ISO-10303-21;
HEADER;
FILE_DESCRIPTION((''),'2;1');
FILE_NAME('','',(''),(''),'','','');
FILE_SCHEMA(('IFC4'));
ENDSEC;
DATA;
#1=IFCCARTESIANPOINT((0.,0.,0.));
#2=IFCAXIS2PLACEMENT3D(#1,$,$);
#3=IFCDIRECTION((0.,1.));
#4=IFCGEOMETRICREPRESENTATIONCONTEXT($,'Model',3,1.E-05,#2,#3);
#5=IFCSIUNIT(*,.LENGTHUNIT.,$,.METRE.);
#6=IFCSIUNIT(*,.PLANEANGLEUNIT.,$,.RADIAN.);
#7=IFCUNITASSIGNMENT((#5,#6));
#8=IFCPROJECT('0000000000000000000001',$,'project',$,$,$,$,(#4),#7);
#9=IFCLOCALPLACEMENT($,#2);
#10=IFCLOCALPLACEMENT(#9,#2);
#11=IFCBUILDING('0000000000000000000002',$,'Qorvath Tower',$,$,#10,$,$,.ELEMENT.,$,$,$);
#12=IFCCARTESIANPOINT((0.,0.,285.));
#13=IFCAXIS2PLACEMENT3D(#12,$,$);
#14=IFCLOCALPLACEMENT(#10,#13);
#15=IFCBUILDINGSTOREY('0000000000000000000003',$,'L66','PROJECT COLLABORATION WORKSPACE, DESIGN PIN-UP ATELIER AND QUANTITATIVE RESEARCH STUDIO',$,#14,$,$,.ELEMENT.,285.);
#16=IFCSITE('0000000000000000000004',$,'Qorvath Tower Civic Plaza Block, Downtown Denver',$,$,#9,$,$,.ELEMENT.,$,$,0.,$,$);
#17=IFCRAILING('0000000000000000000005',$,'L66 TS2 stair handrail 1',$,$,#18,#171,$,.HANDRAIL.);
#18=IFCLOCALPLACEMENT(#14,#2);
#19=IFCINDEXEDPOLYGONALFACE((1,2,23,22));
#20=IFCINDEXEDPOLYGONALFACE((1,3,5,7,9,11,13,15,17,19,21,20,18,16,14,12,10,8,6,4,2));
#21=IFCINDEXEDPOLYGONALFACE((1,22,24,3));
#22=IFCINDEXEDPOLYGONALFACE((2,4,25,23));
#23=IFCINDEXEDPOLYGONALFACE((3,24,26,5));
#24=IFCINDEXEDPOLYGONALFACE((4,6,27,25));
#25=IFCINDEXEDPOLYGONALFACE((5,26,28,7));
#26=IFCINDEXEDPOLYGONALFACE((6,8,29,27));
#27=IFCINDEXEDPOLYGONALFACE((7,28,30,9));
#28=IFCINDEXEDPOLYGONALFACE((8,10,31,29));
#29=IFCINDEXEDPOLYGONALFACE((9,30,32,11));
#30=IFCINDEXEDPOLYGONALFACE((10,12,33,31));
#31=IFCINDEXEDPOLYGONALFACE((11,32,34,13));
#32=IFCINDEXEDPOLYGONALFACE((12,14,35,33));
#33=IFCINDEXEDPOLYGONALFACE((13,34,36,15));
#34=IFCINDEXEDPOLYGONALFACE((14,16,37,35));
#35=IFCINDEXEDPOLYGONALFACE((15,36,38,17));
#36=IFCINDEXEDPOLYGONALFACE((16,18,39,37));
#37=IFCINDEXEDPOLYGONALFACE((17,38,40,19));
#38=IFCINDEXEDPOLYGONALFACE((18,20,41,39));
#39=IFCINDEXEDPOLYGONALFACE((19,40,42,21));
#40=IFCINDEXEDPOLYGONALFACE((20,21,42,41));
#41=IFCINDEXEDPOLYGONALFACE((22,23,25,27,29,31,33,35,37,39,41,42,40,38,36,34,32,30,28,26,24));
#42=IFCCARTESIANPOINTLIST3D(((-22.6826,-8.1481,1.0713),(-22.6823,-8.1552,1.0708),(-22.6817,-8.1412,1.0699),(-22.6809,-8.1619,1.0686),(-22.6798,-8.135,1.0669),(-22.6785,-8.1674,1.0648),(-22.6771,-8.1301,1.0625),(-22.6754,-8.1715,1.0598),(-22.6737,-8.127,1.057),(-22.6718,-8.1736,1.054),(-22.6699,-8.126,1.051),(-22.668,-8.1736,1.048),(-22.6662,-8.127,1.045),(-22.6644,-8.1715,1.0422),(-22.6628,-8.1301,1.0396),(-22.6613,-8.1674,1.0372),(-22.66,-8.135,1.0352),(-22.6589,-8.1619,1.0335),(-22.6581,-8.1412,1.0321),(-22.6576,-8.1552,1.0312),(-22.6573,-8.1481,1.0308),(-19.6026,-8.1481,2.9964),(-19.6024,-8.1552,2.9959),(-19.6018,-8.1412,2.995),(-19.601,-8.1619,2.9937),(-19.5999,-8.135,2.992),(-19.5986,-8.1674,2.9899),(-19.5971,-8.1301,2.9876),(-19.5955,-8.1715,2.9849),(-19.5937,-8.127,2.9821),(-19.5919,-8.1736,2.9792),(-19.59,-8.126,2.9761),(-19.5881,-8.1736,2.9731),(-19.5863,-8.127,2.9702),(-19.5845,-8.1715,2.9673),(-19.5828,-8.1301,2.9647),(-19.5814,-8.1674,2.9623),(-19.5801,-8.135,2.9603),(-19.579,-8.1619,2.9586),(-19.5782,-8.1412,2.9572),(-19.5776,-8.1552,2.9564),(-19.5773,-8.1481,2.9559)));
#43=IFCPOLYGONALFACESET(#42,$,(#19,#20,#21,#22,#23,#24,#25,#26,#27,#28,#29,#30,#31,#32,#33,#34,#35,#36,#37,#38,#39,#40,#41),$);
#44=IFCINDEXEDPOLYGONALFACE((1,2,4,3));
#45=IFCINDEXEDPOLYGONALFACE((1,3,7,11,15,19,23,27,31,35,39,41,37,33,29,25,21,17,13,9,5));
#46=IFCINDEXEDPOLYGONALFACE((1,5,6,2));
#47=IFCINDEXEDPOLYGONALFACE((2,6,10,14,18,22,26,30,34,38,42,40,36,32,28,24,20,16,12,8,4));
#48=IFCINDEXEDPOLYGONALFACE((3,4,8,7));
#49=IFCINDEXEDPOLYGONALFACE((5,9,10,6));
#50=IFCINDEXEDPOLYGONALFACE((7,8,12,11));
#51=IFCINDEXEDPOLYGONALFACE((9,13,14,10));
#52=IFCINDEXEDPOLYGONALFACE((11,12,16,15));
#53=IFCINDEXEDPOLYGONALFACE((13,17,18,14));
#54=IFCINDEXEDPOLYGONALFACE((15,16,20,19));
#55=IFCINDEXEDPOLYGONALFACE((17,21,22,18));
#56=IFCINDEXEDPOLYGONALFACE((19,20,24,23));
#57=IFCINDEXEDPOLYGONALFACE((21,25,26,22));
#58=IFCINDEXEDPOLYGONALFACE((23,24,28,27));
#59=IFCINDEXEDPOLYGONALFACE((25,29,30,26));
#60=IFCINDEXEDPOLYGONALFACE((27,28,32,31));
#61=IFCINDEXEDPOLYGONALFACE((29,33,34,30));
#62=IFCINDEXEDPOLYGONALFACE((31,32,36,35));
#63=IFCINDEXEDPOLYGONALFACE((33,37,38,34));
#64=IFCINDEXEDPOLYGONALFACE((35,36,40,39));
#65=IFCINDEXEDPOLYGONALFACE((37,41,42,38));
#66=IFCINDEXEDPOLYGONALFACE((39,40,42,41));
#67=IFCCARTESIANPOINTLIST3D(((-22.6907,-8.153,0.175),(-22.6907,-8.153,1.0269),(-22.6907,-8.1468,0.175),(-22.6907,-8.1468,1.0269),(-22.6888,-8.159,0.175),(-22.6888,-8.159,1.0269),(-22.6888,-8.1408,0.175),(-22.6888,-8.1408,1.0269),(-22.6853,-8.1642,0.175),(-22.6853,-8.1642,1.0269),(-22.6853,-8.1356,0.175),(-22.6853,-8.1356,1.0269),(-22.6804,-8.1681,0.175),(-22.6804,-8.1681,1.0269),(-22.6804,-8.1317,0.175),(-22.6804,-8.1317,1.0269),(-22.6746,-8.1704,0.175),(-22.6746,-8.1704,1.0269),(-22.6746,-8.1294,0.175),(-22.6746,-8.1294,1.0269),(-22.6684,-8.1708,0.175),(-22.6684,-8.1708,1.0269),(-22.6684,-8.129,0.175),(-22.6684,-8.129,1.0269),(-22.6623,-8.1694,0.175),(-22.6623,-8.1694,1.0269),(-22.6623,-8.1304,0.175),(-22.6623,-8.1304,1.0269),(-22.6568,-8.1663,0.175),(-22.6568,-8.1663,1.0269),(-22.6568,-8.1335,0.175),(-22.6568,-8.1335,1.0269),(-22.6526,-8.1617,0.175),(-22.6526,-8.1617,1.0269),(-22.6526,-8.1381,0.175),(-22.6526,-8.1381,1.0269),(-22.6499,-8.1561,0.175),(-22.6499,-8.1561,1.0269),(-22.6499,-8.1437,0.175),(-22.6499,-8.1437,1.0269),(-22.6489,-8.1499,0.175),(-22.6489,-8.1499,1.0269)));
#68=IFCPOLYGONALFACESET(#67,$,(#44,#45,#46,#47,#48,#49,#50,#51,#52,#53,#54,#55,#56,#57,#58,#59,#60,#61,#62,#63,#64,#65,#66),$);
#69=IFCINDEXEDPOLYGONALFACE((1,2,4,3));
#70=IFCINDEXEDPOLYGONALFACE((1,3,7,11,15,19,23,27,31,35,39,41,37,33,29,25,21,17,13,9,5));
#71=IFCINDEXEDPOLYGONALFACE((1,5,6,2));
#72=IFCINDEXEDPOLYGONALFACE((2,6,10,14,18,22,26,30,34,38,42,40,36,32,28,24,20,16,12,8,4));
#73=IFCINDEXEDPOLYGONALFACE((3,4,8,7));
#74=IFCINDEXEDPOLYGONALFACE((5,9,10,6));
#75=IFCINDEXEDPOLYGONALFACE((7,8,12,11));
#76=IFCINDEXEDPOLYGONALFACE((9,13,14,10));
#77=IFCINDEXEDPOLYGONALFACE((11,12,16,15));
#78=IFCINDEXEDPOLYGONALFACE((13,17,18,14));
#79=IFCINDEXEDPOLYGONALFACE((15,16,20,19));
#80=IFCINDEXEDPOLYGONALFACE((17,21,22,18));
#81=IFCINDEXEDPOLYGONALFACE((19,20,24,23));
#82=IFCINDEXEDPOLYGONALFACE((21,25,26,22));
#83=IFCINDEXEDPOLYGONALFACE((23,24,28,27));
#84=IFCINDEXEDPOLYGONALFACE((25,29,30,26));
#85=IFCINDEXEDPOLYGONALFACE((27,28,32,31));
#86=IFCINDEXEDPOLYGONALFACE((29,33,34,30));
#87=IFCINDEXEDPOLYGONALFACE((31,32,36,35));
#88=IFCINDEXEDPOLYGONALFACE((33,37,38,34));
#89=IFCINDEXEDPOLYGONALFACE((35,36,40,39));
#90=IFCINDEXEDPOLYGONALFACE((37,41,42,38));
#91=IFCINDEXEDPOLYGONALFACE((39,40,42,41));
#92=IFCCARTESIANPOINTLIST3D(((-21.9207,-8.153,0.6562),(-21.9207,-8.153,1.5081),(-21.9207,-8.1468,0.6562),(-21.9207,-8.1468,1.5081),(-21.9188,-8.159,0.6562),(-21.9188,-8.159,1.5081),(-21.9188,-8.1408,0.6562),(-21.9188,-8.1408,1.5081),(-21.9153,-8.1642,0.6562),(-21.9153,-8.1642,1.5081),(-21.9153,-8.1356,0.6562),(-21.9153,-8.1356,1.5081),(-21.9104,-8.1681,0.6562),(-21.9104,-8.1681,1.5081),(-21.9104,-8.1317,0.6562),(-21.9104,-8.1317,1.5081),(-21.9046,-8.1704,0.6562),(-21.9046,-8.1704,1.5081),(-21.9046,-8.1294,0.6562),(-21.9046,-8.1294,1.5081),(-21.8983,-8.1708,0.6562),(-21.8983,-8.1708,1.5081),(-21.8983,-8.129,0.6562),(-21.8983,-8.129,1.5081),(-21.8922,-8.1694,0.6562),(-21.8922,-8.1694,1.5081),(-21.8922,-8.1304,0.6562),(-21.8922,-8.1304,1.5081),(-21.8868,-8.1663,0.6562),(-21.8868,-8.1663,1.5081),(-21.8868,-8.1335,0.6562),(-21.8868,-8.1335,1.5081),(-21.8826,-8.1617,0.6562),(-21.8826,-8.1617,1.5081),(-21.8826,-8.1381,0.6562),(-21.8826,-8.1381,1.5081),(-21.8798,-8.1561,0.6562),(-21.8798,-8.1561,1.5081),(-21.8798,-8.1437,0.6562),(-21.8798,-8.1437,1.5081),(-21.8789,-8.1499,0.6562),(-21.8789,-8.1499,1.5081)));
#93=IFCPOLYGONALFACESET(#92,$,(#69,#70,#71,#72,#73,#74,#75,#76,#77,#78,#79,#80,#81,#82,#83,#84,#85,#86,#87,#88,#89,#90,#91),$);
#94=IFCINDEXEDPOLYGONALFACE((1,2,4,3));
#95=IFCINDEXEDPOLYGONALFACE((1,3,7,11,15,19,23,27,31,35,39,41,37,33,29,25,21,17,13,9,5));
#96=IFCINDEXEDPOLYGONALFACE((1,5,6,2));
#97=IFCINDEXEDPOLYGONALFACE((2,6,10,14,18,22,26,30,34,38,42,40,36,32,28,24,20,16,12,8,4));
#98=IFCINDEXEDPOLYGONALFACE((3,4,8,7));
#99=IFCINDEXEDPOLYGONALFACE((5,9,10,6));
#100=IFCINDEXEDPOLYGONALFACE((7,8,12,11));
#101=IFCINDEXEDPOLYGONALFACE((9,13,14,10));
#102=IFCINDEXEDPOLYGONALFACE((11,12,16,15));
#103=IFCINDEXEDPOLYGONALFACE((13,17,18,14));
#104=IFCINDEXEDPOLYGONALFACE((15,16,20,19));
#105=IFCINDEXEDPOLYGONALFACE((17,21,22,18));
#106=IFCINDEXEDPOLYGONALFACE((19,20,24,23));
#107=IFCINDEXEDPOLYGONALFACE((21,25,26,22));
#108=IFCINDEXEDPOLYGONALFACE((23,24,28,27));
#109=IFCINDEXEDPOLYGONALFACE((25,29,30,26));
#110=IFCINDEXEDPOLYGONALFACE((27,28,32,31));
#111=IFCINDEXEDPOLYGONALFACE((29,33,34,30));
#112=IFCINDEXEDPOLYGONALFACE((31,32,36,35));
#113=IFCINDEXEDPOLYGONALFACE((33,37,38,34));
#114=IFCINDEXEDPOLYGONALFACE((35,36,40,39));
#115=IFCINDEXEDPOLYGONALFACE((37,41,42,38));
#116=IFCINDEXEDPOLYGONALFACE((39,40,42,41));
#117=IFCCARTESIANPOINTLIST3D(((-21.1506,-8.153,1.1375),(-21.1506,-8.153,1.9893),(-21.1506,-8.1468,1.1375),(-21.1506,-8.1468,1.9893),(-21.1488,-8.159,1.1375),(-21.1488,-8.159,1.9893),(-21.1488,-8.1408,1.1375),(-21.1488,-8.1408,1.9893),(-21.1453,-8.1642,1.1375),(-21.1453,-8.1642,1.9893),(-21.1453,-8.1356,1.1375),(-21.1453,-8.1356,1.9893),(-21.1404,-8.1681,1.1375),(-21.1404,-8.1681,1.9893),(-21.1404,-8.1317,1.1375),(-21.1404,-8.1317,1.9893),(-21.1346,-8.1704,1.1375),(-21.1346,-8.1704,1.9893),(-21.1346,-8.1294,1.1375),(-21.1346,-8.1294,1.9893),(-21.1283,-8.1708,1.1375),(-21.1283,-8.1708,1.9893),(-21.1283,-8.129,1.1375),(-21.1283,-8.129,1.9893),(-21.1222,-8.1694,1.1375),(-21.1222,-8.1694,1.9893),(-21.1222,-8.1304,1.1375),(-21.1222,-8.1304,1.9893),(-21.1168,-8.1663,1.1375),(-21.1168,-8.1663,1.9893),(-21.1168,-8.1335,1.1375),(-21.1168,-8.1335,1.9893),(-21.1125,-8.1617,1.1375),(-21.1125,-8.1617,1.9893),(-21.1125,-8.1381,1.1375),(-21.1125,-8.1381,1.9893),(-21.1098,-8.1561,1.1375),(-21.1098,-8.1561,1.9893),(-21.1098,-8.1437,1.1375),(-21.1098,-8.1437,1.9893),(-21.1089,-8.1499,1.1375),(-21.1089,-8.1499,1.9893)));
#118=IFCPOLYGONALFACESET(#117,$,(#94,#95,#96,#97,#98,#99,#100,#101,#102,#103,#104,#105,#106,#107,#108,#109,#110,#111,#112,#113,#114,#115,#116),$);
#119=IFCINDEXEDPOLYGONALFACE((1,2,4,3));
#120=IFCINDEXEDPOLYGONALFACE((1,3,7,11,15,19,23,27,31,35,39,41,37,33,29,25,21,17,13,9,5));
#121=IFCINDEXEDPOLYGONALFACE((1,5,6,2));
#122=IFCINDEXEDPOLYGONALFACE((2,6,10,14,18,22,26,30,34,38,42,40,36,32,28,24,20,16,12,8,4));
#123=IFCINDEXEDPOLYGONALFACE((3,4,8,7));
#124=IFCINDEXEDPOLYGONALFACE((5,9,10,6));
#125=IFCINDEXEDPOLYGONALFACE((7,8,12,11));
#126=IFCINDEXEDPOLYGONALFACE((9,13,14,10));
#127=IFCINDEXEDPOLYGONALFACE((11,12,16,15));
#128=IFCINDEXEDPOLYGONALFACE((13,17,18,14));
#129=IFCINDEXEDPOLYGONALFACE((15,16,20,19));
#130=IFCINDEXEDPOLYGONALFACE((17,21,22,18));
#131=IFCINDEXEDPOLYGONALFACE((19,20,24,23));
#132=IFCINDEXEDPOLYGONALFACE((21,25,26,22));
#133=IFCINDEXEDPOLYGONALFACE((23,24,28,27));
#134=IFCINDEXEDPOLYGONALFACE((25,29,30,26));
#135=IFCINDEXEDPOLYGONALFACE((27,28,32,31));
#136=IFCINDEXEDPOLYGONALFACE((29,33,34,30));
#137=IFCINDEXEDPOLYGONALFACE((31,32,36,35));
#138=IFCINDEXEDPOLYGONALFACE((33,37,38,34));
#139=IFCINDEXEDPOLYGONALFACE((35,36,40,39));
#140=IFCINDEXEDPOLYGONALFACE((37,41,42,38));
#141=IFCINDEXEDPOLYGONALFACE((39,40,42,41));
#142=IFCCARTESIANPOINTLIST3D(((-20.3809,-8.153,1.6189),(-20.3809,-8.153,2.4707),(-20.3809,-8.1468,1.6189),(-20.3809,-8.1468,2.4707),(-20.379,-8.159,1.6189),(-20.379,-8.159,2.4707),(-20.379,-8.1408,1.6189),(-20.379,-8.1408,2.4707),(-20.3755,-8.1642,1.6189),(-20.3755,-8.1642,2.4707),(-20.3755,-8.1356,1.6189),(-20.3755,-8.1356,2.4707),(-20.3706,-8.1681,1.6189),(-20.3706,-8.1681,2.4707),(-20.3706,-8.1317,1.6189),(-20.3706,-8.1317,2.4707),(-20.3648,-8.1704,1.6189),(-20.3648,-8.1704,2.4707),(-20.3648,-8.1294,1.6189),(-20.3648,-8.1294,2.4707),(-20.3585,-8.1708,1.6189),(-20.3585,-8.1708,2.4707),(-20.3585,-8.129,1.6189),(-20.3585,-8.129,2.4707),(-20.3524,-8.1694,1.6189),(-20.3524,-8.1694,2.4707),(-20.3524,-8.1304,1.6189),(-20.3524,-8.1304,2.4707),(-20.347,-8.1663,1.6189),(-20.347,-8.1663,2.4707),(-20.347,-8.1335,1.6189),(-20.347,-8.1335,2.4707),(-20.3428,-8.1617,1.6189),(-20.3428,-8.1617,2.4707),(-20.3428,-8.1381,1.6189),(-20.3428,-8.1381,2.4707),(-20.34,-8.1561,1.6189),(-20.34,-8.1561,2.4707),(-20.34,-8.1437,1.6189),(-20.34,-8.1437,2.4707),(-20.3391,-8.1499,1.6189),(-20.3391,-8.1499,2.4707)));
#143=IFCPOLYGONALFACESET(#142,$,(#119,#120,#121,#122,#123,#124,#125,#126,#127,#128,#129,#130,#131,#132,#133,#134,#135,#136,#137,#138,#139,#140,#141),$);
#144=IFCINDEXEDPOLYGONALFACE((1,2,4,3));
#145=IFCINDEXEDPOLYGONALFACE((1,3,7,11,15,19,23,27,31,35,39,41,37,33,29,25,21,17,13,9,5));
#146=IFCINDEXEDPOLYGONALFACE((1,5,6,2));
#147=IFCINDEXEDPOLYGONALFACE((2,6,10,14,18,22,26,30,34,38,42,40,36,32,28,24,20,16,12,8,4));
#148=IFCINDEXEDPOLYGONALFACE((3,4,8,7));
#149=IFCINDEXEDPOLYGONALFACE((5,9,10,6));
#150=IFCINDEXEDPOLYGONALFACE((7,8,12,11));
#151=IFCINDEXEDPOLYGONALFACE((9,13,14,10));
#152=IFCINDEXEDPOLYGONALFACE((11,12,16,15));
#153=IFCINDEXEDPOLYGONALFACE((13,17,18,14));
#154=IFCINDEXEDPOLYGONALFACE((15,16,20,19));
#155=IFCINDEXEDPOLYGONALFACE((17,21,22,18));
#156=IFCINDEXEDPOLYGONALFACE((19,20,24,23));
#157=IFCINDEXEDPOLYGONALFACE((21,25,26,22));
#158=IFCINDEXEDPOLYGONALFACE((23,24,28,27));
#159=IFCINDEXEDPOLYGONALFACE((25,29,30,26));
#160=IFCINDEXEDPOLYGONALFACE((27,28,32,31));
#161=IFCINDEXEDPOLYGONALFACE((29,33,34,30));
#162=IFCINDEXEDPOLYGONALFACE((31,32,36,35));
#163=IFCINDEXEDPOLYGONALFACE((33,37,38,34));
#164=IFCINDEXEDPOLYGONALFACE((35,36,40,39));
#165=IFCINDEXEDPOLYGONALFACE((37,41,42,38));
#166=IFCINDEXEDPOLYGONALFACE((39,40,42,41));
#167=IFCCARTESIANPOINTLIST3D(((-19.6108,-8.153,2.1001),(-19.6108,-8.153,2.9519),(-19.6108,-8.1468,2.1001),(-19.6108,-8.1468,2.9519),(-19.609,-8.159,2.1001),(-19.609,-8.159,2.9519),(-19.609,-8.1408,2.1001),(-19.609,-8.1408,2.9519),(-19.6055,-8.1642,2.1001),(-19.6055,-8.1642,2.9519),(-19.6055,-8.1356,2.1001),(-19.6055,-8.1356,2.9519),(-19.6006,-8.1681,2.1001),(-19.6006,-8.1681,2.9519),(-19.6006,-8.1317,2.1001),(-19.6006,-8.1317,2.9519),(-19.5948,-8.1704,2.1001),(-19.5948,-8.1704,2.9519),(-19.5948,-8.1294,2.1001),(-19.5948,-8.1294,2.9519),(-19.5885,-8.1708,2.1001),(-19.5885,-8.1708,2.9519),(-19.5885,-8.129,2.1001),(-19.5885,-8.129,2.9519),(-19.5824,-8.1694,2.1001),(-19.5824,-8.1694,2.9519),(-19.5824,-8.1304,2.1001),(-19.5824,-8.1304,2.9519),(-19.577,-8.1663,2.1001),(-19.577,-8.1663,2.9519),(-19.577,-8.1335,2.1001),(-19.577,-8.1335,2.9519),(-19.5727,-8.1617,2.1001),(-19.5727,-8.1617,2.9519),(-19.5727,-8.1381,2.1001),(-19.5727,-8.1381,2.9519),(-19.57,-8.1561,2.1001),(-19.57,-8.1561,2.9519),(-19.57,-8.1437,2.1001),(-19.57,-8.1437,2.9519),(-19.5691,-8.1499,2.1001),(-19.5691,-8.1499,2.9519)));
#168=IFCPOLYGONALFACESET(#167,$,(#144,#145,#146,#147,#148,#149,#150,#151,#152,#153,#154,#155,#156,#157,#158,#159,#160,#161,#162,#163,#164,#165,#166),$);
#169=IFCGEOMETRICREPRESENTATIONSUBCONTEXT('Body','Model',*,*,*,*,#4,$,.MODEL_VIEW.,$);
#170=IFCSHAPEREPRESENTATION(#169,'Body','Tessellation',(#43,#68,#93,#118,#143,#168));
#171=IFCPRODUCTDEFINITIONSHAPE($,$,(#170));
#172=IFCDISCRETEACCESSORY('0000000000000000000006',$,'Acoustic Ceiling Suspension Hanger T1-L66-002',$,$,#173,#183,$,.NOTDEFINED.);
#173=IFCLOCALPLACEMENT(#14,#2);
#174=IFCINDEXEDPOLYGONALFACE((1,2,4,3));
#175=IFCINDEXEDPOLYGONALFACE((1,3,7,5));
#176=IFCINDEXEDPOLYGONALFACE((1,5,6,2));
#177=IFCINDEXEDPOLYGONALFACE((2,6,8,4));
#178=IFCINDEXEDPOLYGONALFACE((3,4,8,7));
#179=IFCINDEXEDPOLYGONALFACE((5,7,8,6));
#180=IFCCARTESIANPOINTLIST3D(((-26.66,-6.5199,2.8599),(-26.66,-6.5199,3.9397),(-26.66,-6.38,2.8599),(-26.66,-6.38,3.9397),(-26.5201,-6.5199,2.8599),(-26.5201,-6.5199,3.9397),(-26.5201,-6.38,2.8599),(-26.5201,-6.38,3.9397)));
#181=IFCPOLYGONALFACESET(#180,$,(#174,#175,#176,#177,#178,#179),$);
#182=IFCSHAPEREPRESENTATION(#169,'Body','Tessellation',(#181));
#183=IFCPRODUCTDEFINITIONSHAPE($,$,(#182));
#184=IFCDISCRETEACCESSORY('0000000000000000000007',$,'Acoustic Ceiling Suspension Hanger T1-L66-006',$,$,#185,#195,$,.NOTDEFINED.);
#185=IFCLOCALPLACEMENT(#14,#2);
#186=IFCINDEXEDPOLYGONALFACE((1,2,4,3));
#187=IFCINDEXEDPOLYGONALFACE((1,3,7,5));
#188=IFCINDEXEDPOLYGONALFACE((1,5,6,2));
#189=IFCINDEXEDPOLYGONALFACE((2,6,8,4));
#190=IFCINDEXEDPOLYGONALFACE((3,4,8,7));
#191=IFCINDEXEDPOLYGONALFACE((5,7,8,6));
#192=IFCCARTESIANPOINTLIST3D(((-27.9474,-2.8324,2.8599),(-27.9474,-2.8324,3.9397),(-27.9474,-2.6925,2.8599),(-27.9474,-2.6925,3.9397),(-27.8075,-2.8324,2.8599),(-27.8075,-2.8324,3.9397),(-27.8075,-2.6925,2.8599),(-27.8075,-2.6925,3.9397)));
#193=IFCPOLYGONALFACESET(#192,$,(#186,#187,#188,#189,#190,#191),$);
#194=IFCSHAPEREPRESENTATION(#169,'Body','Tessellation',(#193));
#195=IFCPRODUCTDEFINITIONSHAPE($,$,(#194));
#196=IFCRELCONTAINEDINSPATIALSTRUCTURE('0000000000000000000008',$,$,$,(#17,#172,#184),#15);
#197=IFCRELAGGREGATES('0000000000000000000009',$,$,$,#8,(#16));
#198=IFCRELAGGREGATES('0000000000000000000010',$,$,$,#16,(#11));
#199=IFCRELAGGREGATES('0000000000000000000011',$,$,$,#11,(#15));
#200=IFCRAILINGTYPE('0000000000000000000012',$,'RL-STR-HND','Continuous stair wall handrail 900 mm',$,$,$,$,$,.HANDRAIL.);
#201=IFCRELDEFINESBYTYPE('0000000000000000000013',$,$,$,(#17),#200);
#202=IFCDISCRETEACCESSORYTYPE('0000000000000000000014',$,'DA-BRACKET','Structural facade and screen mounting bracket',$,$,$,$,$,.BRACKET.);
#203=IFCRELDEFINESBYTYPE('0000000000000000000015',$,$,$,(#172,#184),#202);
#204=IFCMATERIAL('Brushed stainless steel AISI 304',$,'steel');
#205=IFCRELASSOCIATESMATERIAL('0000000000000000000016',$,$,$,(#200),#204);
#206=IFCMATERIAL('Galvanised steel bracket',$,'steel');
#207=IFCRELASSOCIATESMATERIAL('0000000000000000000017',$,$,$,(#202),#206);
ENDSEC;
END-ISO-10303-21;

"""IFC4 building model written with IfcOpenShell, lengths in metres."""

from ifc_helpers import new_model, si_unit, direction, frame, origin, origin_2d, place, context, subcontext, project, spatial, rectangle, circle, extrude, material, type_object, element, save


model = new_model("IFC4")

# Units and contexts
model_context = context("Model", 3, precision=1e-05, world=origin(), true_north=direction((0.0, 1.0)))
body_context = subcontext(model_context, "Body", "Model", "MODEL_VIEW")
ifc_project = project(units=[si_unit("LENGTHUNIT", "METRE"), si_unit("PLANEANGLEUNIT", "RADIAN")], contexts=[model_context])

# Site, building, storey
site_placement = place(None, origin())
site = spatial("IfcSite", under=ifc_project, at=site_placement, Name="Qorvath Tower Civic Plaza Block, Downtown Denver", CompositionType="ELEMENT", RefElevation=0.0)
building_placement = place(site_placement, origin())
building = spatial("IfcBuilding", under=site, at=building_placement, Name="Qorvath Tower", CompositionType="ELEMENT")
storey_placement = place(building_placement, frame((0.0, 0.0, 285.0)))
storey = spatial("IfcBuildingStorey", under=building, at=storey_placement, Name="L66", Description="PROJECT COLLABORATION WORKSPACE, DESIGN PIN-UP ATELIER AND QUANTITATIVE RESEARCH STUDIO", CompositionType="ELEMENT", Elevation=285.0)

# Railing
ifc_material_1 = material(Name="Brushed stainless steel AISI 304", Category="steel")
railing_type_1 = type_object("IfcRailingType", Name="RL-STR-HND", Description="Continuous stair wall handrail 900 mm", PredefinedType="HANDRAIL", material=ifc_material_1)
railing_1_placement = place(storey_placement, frame((-22.6699, -8.1499, 0.175)))
element("IfcRailing", 1, at=railing_1_placement, inside=storey, type_object=railing_type_1, Name="L66 TS2 stair handrail 1", PredefinedType="HANDRAIL", context=body_context, shape_type="SweptSolid", body=[
    extrude(circle(Radius=0.0239, at=origin_2d()), frame((0.0, 0.0, 0.876), z_axis=(0.847979, 0.0, 0.530029), x_axis=(0.0, 1.0, 0.0)), (0.0, 0.0, 1.0), 3.6321),
    extrude(circle(Radius=0.021, at=origin_2d()), origin(), (0.0, 0.0, 1.0), 0.8518),
    extrude(circle(Radius=0.021, at=origin_2d()), frame((0.77, 0.0, 0.4812)), (0.0, 0.0, 1.0), 0.8518),
    extrude(circle(Radius=0.021, at=origin_2d()), frame((1.54, 0.0, 0.9624)), (0.0, 0.0, 1.0), 0.8518),
    extrude(circle(Radius=0.021, at=origin_2d()), frame((2.3098, 0.0, 1.4438)), (0.0, 0.0, 1.0), 0.8518),
    extrude(circle(Radius=0.021, at=origin_2d()), frame((3.0798, 0.0, 1.925)), (0.0, 0.0, 1.0), 0.8518),
])

# Discrete accessories
ifc_material_2 = material(Name="Galvanised steel bracket", Category="steel")
discrete_accessory_type = type_object("IfcDiscreteAccessoryType", Name="DA-BRACKET", Description="Structural facade and screen mounting bracket", PredefinedType="BRACKET", material=ifc_material_2)
for number, where, z_axis, x_axis, name in (
    (2, (-26.5901, -6.45, 2.8599), (0.0, 0.0, 1.0), (1.0, 0.0, 0.0), "Acoustic Ceiling Suspension Hanger T1-L66-002"),
    (3, (-27.8774, -2.7625, 2.8599), (0.0, 0.0, 1.0), (1.0, 0.0, 0.0), "Acoustic Ceiling Suspension Hanger T1-L66-006"),
):
    element("IfcDiscreteAccessory", number, at=place(storey_placement, frame(where, z_axis=z_axis, x_axis=x_axis)), inside=storey, type_object=discrete_accessory_type, Name=name, PredefinedType="NOTDEFINED", context=body_context, shape_type="SweptSolid", body=[
        extrude(rectangle(XDim=0.1399, YDim=0.1399, at=origin_2d()), origin(), (0.0, 0.0, 1.0), 1.0798),
    ])

save(model, "model.ifc")
